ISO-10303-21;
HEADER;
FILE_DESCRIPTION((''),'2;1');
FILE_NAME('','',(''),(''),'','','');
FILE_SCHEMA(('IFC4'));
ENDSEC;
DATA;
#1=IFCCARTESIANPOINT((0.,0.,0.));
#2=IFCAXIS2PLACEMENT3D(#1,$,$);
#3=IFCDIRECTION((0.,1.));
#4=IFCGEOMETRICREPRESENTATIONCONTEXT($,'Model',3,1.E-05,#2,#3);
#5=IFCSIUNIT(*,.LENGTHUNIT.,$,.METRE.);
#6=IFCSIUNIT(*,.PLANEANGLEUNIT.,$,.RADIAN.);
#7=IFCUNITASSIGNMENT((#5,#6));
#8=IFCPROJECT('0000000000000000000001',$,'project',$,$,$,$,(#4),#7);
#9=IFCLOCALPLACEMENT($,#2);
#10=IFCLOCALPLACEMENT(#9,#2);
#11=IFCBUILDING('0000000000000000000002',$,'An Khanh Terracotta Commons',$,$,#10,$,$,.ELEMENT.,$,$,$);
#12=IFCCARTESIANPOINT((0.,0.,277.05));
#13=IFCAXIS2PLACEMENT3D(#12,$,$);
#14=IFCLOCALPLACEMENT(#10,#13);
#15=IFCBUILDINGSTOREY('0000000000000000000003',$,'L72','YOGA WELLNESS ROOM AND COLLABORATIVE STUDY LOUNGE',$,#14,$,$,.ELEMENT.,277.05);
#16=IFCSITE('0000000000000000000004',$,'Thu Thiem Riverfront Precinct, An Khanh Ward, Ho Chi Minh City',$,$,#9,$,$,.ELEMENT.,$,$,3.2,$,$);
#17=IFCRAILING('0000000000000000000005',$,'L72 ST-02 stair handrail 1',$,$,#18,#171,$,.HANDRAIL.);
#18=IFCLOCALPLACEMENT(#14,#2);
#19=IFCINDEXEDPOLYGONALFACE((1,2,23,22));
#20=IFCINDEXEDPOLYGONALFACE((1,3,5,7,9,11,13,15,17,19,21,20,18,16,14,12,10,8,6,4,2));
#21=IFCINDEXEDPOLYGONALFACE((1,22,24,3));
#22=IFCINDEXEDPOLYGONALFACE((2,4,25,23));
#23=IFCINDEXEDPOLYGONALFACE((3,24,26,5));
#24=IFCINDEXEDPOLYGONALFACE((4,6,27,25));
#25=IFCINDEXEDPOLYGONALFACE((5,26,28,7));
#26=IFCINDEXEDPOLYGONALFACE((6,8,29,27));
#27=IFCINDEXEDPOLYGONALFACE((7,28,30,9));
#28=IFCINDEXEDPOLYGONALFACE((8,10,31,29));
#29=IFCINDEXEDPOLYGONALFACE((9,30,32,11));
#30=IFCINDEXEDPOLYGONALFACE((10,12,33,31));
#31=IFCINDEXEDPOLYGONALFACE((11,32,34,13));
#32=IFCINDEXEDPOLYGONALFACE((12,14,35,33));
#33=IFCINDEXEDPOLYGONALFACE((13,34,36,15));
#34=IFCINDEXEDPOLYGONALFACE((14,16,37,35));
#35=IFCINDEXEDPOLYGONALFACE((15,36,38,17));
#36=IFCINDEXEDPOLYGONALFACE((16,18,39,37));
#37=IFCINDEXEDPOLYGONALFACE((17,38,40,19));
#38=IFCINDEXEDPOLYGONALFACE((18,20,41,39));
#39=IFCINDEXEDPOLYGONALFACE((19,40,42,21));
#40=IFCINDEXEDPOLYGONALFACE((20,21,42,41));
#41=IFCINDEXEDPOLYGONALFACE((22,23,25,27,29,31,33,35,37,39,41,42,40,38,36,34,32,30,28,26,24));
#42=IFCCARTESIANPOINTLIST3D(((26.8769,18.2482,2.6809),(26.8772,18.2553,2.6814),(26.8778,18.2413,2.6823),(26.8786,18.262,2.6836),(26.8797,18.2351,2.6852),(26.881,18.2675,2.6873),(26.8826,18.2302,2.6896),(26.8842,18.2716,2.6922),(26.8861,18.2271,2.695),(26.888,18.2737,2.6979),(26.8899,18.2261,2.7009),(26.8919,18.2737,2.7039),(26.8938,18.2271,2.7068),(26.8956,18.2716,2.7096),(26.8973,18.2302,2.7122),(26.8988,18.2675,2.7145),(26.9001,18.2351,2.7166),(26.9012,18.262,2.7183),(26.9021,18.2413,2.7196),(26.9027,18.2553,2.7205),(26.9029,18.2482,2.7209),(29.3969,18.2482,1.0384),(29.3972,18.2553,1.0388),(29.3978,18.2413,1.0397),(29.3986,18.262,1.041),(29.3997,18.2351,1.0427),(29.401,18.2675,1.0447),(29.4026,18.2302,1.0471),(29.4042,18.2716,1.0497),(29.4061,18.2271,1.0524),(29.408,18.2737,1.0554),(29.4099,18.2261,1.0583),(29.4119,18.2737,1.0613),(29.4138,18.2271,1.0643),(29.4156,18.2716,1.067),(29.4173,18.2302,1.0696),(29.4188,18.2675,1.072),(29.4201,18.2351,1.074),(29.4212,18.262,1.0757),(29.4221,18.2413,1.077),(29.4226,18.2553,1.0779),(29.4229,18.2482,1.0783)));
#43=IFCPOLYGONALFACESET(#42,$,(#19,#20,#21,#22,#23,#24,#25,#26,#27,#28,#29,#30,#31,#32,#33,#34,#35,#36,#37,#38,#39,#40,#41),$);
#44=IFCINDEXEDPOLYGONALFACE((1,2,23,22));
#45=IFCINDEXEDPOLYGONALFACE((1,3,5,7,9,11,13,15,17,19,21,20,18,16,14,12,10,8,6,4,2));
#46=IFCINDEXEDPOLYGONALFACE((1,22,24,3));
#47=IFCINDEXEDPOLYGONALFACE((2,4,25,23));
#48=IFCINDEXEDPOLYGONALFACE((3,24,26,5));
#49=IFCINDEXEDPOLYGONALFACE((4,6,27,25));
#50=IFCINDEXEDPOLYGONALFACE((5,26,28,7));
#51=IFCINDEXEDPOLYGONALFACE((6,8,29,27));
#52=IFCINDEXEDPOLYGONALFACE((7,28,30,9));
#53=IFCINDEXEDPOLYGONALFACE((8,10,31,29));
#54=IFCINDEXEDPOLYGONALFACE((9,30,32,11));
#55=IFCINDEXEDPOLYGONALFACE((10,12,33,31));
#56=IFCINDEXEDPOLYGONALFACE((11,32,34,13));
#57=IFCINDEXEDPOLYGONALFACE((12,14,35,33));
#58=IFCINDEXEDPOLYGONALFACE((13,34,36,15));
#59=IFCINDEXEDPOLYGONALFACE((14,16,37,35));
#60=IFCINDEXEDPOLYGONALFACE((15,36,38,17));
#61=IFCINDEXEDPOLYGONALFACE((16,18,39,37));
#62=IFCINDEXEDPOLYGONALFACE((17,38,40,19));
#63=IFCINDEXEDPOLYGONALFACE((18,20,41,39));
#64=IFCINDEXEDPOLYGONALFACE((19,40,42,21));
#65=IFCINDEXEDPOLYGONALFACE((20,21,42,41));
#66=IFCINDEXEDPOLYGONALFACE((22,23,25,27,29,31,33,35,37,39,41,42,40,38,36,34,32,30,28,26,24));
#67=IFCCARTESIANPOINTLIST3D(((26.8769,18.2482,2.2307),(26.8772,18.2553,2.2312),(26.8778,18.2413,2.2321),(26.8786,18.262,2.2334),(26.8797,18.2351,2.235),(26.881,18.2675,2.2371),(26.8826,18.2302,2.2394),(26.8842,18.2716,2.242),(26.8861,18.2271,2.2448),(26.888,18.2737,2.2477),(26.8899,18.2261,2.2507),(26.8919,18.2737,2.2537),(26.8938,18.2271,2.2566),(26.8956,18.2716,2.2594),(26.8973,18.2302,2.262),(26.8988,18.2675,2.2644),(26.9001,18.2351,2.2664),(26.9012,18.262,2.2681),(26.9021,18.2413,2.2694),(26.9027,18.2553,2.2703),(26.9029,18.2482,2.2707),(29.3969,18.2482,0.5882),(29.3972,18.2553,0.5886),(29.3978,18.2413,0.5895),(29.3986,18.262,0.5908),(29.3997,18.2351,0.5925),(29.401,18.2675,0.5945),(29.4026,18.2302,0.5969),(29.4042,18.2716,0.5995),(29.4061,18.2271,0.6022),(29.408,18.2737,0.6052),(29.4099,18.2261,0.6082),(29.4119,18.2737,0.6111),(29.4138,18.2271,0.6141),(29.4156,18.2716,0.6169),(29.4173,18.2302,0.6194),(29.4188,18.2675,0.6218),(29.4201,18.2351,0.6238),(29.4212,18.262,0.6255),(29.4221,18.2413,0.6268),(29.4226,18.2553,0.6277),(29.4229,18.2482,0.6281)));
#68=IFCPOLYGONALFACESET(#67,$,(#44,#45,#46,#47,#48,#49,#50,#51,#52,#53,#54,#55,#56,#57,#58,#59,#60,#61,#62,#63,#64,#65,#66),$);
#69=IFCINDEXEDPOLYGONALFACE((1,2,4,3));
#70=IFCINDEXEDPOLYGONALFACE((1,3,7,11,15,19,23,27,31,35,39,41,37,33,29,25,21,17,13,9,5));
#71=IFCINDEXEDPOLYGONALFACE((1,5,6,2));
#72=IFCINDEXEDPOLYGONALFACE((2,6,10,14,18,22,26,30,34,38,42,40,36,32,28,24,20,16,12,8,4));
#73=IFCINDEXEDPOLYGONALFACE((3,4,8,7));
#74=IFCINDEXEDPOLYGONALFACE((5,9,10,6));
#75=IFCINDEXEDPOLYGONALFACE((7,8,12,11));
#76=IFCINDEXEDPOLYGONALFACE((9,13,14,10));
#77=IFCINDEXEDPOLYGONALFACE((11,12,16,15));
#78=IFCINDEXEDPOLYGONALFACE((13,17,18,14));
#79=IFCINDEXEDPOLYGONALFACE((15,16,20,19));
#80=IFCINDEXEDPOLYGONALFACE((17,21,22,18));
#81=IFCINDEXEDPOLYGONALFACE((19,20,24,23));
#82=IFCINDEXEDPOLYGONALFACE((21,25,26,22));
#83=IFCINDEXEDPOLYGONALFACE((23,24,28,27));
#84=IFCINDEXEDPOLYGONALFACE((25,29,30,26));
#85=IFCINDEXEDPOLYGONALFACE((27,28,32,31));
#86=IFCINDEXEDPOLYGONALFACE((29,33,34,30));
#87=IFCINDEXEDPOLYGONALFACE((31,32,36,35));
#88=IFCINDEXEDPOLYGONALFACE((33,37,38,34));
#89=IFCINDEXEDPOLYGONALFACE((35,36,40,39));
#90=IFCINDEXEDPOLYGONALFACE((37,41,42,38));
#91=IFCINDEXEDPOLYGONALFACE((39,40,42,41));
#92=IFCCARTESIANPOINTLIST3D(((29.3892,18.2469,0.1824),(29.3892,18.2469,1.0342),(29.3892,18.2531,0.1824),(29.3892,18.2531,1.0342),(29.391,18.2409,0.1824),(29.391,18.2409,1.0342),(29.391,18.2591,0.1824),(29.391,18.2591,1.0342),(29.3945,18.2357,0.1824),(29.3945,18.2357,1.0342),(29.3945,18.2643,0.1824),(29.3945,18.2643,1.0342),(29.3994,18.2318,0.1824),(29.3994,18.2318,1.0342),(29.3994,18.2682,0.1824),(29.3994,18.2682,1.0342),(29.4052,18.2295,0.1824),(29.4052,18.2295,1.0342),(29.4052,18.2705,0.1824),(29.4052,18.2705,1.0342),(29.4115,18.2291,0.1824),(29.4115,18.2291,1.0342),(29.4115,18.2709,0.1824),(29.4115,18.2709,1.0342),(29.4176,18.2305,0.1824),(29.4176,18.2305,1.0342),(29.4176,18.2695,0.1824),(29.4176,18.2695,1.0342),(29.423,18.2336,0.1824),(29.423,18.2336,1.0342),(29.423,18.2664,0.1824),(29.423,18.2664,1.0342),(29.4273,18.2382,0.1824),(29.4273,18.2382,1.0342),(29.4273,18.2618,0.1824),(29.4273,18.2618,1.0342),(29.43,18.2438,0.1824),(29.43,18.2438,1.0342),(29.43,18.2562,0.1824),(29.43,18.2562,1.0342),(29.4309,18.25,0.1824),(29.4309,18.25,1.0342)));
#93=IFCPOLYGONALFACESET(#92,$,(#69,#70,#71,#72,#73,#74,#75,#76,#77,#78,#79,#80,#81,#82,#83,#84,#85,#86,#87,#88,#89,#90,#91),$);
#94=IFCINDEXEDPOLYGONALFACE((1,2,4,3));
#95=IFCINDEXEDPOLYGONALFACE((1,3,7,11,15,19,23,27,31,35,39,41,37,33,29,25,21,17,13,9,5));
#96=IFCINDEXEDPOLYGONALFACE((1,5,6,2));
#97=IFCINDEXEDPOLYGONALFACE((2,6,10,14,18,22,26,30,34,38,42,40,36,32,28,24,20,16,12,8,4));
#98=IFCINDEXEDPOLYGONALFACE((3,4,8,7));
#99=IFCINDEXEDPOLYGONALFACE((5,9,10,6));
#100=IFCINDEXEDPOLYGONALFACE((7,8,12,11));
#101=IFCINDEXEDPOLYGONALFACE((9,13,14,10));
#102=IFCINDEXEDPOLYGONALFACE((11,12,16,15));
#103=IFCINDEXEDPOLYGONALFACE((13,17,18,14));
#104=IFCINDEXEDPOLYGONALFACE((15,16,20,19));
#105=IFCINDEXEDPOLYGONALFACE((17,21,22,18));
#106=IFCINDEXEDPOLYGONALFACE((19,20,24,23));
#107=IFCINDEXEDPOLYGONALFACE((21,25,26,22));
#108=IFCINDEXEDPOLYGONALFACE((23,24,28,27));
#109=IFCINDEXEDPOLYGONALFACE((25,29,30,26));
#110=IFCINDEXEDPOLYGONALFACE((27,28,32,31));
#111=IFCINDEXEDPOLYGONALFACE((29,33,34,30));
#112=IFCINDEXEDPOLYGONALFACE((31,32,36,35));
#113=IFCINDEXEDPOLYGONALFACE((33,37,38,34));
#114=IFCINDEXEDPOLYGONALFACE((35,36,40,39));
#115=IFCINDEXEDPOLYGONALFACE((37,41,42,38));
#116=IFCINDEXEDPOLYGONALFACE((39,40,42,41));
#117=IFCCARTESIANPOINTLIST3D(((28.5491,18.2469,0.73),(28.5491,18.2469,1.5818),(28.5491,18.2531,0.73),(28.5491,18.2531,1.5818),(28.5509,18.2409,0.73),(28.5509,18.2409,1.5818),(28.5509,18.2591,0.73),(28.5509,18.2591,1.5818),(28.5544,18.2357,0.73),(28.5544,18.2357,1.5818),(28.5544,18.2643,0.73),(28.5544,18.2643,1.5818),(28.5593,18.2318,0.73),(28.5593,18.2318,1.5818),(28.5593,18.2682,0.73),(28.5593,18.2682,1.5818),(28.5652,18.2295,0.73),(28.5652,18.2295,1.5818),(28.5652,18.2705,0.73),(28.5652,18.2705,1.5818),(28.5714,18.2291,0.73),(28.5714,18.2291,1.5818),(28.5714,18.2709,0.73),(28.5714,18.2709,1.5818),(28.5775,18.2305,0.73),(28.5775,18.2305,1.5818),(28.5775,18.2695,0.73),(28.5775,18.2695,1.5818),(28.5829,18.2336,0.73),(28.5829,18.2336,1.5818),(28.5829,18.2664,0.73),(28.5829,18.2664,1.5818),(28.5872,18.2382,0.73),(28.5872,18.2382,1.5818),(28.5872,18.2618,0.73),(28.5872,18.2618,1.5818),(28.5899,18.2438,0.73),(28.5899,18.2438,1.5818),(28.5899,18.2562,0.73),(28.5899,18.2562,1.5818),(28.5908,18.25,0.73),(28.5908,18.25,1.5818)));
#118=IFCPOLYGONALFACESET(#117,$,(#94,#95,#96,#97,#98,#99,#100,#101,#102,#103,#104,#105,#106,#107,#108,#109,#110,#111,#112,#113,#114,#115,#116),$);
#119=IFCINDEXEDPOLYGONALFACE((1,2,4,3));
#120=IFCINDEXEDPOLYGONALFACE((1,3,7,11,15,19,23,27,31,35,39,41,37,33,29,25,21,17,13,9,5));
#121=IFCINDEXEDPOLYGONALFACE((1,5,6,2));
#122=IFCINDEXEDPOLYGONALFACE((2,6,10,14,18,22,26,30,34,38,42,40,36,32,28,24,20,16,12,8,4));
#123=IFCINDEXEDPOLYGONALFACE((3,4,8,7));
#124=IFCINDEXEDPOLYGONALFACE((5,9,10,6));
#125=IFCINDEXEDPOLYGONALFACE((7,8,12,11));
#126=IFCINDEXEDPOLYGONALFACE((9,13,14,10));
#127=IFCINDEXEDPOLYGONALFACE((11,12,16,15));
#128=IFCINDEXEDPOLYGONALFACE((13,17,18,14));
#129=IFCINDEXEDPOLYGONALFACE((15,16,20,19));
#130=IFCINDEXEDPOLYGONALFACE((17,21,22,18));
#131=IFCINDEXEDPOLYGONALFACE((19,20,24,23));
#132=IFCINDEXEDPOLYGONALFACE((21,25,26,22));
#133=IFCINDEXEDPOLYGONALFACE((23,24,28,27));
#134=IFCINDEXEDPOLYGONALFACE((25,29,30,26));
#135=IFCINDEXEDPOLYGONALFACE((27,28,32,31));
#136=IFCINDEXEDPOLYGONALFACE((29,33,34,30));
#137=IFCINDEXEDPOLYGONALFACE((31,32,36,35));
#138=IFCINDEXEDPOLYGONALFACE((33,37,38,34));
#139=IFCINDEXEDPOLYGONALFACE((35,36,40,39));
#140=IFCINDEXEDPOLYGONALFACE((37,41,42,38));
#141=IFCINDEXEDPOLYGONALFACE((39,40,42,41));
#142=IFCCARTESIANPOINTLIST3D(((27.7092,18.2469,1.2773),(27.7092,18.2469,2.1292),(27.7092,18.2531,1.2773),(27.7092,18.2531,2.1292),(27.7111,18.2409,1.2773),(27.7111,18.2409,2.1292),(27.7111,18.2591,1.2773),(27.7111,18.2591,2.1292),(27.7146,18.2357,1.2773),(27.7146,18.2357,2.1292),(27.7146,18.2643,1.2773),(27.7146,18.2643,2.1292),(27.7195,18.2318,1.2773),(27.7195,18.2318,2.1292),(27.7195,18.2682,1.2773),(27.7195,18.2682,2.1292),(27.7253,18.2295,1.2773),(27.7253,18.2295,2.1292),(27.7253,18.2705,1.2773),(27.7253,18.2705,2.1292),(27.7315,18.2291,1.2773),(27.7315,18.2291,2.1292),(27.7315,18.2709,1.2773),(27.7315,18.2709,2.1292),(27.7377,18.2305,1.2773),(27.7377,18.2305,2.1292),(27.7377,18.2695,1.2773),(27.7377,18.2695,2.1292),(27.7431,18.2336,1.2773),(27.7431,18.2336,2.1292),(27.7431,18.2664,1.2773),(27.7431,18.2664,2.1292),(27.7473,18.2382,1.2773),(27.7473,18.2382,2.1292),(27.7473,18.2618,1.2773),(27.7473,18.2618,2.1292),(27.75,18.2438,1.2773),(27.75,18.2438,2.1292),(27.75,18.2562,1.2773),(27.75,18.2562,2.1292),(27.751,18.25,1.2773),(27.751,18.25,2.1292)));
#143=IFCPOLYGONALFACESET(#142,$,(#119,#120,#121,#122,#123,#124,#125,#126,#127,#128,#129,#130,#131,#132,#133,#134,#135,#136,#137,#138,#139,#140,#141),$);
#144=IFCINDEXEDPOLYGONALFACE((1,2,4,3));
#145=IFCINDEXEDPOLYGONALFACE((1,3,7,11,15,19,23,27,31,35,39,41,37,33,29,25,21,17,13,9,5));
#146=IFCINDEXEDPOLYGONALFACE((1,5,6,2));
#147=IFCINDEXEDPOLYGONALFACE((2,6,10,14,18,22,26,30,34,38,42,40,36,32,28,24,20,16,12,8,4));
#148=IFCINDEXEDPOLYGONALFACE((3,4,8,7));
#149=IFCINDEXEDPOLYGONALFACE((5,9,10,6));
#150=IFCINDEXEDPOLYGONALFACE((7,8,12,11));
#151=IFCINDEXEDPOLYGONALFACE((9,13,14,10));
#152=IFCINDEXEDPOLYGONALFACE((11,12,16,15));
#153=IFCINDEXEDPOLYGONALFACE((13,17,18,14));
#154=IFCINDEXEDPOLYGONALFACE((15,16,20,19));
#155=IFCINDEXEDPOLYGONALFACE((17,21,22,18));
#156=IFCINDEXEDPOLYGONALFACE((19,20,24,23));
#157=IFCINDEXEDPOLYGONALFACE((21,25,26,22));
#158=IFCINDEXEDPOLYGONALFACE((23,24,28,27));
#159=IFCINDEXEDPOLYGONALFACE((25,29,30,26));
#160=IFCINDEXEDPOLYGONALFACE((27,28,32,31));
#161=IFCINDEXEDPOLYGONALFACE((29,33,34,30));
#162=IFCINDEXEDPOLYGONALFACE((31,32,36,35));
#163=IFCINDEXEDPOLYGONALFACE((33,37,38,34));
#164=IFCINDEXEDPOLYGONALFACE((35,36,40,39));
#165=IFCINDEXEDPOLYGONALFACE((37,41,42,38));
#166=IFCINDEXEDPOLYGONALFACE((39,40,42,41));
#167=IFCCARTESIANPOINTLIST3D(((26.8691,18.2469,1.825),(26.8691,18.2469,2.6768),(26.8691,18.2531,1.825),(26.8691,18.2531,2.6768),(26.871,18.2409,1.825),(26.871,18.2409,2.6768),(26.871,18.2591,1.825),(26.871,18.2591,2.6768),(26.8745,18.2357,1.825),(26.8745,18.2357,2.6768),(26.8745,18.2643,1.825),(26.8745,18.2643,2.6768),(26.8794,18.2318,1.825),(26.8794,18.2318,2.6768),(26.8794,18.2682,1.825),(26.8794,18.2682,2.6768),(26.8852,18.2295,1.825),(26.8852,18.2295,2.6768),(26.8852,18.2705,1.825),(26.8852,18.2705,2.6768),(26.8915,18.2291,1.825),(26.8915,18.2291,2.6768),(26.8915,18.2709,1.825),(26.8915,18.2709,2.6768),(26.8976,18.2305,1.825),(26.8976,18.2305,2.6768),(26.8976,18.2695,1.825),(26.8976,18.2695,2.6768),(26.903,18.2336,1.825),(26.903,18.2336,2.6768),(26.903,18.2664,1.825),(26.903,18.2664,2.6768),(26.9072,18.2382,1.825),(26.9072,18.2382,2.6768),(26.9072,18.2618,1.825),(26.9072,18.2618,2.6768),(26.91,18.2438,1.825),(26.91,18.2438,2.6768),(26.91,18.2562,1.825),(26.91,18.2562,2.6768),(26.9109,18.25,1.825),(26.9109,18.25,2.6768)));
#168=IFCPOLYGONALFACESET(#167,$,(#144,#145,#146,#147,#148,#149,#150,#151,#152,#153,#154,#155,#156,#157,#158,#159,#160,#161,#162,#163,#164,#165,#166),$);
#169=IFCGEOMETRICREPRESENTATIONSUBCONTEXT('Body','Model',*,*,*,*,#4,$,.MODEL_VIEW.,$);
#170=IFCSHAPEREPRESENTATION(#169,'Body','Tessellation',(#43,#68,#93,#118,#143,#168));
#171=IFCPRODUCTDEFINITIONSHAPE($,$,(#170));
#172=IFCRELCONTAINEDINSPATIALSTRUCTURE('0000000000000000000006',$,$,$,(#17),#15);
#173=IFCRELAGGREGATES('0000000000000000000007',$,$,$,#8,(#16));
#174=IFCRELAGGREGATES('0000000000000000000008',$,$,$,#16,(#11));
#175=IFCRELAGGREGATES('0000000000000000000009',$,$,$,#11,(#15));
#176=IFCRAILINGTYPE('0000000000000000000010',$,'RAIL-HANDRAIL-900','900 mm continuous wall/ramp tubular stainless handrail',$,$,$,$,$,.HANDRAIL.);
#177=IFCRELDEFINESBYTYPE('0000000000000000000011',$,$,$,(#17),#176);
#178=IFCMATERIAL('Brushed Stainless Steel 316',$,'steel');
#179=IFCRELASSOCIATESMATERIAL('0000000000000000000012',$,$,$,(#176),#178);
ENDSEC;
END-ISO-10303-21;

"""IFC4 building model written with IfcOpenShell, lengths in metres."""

from ifc_helpers import new_model, si_unit, direction, frame, origin, origin_2d, place, context, subcontext, project, spatial, circle, extrude, material, type_object, element, save


model = new_model("IFC4")

# Units and contexts
model_context = context("Model", 3, precision=1e-05, world=origin(), true_north=direction((0.0, 1.0)))
body_context = subcontext(model_context, "Body", "Model", "MODEL_VIEW")
ifc_project = project(units=[si_unit("LENGTHUNIT", "METRE"), si_unit("PLANEANGLEUNIT", "RADIAN")], contexts=[model_context])

# Site, building, storey
site_placement = place(None, origin())
site = spatial("IfcSite", under=ifc_project, at=site_placement, Name="Thu Thiem Riverfront Precinct, An Khanh Ward, Ho Chi Minh City", CompositionType="ELEMENT", RefElevation=3.2)
building_placement = place(site_placement, origin())
building = spatial("IfcBuilding", under=site, at=building_placement, Name="An Khanh Terracotta Commons", CompositionType="ELEMENT")
storey_placement = place(building_placement, frame((0.0, 0.0, 277.05)))
storey = spatial("IfcBuildingStorey", under=building, at=storey_placement, Name="L72", Description="YOGA WELLNESS ROOM AND COLLABORATIVE STUDY LOUNGE", CompositionType="ELEMENT", Elevation=277.05)

# Railing
ifc_material_1 = material(Name="Brushed Stainless Steel 316", Category="steel")
railing_type_1 = type_object("IfcRailingType", Name="RAIL-HANDRAIL-900", Description="900 mm continuous wall/ramp tubular stainless handrail", PredefinedType="HANDRAIL", material=ifc_material_1)
railing_1_placement = place(storey_placement, frame((29.4099, 18.25, 0.1824)))
element("IfcRailing", 1, at=railing_1_placement, inside=storey, type_object=railing_type_1, Name="L72 ST-02 stair handrail 1", PredefinedType="HANDRAIL", context=body_context, shape_type="SweptSolid", body=[
    extrude(circle(Radius=0.0239, at=origin_2d()), frame((0.0, 0.0, 0.876), z_axis=(-0.837749, 0.0, 0.546055), x_axis=(0.0, -1.0, 0.0)), (0.0, 0.0, 1.0), 3.0081),
    extrude(circle(Radius=0.0239, at=origin_2d()), frame((0.0, 0.0, 0.4258), z_axis=(-0.837749, 0.0, 0.546055), x_axis=(0.0, -1.0, 0.0)), (0.0, 0.0, 1.0), 3.0081),
    extrude(circle(Radius=0.021, at=origin_2d()), origin(), (0.0, 0.0, 1.0), 0.8518),
    extrude(circle(Radius=0.021, at=origin_2d()), frame((-0.8401, 0.0, 0.5476)), (0.0, 0.0, 1.0), 0.8518),
    extrude(circle(Radius=0.021, at=origin_2d()), frame((-1.6799, 0.0, 1.095)), (0.0, 0.0, 1.0), 0.8518),
    extrude(circle(Radius=0.021, at=origin_2d()), frame((-2.52, 0.0, 1.6426)), (0.0, 0.0, 1.0), 0.8518),
])

save(model, "model.ifc")
